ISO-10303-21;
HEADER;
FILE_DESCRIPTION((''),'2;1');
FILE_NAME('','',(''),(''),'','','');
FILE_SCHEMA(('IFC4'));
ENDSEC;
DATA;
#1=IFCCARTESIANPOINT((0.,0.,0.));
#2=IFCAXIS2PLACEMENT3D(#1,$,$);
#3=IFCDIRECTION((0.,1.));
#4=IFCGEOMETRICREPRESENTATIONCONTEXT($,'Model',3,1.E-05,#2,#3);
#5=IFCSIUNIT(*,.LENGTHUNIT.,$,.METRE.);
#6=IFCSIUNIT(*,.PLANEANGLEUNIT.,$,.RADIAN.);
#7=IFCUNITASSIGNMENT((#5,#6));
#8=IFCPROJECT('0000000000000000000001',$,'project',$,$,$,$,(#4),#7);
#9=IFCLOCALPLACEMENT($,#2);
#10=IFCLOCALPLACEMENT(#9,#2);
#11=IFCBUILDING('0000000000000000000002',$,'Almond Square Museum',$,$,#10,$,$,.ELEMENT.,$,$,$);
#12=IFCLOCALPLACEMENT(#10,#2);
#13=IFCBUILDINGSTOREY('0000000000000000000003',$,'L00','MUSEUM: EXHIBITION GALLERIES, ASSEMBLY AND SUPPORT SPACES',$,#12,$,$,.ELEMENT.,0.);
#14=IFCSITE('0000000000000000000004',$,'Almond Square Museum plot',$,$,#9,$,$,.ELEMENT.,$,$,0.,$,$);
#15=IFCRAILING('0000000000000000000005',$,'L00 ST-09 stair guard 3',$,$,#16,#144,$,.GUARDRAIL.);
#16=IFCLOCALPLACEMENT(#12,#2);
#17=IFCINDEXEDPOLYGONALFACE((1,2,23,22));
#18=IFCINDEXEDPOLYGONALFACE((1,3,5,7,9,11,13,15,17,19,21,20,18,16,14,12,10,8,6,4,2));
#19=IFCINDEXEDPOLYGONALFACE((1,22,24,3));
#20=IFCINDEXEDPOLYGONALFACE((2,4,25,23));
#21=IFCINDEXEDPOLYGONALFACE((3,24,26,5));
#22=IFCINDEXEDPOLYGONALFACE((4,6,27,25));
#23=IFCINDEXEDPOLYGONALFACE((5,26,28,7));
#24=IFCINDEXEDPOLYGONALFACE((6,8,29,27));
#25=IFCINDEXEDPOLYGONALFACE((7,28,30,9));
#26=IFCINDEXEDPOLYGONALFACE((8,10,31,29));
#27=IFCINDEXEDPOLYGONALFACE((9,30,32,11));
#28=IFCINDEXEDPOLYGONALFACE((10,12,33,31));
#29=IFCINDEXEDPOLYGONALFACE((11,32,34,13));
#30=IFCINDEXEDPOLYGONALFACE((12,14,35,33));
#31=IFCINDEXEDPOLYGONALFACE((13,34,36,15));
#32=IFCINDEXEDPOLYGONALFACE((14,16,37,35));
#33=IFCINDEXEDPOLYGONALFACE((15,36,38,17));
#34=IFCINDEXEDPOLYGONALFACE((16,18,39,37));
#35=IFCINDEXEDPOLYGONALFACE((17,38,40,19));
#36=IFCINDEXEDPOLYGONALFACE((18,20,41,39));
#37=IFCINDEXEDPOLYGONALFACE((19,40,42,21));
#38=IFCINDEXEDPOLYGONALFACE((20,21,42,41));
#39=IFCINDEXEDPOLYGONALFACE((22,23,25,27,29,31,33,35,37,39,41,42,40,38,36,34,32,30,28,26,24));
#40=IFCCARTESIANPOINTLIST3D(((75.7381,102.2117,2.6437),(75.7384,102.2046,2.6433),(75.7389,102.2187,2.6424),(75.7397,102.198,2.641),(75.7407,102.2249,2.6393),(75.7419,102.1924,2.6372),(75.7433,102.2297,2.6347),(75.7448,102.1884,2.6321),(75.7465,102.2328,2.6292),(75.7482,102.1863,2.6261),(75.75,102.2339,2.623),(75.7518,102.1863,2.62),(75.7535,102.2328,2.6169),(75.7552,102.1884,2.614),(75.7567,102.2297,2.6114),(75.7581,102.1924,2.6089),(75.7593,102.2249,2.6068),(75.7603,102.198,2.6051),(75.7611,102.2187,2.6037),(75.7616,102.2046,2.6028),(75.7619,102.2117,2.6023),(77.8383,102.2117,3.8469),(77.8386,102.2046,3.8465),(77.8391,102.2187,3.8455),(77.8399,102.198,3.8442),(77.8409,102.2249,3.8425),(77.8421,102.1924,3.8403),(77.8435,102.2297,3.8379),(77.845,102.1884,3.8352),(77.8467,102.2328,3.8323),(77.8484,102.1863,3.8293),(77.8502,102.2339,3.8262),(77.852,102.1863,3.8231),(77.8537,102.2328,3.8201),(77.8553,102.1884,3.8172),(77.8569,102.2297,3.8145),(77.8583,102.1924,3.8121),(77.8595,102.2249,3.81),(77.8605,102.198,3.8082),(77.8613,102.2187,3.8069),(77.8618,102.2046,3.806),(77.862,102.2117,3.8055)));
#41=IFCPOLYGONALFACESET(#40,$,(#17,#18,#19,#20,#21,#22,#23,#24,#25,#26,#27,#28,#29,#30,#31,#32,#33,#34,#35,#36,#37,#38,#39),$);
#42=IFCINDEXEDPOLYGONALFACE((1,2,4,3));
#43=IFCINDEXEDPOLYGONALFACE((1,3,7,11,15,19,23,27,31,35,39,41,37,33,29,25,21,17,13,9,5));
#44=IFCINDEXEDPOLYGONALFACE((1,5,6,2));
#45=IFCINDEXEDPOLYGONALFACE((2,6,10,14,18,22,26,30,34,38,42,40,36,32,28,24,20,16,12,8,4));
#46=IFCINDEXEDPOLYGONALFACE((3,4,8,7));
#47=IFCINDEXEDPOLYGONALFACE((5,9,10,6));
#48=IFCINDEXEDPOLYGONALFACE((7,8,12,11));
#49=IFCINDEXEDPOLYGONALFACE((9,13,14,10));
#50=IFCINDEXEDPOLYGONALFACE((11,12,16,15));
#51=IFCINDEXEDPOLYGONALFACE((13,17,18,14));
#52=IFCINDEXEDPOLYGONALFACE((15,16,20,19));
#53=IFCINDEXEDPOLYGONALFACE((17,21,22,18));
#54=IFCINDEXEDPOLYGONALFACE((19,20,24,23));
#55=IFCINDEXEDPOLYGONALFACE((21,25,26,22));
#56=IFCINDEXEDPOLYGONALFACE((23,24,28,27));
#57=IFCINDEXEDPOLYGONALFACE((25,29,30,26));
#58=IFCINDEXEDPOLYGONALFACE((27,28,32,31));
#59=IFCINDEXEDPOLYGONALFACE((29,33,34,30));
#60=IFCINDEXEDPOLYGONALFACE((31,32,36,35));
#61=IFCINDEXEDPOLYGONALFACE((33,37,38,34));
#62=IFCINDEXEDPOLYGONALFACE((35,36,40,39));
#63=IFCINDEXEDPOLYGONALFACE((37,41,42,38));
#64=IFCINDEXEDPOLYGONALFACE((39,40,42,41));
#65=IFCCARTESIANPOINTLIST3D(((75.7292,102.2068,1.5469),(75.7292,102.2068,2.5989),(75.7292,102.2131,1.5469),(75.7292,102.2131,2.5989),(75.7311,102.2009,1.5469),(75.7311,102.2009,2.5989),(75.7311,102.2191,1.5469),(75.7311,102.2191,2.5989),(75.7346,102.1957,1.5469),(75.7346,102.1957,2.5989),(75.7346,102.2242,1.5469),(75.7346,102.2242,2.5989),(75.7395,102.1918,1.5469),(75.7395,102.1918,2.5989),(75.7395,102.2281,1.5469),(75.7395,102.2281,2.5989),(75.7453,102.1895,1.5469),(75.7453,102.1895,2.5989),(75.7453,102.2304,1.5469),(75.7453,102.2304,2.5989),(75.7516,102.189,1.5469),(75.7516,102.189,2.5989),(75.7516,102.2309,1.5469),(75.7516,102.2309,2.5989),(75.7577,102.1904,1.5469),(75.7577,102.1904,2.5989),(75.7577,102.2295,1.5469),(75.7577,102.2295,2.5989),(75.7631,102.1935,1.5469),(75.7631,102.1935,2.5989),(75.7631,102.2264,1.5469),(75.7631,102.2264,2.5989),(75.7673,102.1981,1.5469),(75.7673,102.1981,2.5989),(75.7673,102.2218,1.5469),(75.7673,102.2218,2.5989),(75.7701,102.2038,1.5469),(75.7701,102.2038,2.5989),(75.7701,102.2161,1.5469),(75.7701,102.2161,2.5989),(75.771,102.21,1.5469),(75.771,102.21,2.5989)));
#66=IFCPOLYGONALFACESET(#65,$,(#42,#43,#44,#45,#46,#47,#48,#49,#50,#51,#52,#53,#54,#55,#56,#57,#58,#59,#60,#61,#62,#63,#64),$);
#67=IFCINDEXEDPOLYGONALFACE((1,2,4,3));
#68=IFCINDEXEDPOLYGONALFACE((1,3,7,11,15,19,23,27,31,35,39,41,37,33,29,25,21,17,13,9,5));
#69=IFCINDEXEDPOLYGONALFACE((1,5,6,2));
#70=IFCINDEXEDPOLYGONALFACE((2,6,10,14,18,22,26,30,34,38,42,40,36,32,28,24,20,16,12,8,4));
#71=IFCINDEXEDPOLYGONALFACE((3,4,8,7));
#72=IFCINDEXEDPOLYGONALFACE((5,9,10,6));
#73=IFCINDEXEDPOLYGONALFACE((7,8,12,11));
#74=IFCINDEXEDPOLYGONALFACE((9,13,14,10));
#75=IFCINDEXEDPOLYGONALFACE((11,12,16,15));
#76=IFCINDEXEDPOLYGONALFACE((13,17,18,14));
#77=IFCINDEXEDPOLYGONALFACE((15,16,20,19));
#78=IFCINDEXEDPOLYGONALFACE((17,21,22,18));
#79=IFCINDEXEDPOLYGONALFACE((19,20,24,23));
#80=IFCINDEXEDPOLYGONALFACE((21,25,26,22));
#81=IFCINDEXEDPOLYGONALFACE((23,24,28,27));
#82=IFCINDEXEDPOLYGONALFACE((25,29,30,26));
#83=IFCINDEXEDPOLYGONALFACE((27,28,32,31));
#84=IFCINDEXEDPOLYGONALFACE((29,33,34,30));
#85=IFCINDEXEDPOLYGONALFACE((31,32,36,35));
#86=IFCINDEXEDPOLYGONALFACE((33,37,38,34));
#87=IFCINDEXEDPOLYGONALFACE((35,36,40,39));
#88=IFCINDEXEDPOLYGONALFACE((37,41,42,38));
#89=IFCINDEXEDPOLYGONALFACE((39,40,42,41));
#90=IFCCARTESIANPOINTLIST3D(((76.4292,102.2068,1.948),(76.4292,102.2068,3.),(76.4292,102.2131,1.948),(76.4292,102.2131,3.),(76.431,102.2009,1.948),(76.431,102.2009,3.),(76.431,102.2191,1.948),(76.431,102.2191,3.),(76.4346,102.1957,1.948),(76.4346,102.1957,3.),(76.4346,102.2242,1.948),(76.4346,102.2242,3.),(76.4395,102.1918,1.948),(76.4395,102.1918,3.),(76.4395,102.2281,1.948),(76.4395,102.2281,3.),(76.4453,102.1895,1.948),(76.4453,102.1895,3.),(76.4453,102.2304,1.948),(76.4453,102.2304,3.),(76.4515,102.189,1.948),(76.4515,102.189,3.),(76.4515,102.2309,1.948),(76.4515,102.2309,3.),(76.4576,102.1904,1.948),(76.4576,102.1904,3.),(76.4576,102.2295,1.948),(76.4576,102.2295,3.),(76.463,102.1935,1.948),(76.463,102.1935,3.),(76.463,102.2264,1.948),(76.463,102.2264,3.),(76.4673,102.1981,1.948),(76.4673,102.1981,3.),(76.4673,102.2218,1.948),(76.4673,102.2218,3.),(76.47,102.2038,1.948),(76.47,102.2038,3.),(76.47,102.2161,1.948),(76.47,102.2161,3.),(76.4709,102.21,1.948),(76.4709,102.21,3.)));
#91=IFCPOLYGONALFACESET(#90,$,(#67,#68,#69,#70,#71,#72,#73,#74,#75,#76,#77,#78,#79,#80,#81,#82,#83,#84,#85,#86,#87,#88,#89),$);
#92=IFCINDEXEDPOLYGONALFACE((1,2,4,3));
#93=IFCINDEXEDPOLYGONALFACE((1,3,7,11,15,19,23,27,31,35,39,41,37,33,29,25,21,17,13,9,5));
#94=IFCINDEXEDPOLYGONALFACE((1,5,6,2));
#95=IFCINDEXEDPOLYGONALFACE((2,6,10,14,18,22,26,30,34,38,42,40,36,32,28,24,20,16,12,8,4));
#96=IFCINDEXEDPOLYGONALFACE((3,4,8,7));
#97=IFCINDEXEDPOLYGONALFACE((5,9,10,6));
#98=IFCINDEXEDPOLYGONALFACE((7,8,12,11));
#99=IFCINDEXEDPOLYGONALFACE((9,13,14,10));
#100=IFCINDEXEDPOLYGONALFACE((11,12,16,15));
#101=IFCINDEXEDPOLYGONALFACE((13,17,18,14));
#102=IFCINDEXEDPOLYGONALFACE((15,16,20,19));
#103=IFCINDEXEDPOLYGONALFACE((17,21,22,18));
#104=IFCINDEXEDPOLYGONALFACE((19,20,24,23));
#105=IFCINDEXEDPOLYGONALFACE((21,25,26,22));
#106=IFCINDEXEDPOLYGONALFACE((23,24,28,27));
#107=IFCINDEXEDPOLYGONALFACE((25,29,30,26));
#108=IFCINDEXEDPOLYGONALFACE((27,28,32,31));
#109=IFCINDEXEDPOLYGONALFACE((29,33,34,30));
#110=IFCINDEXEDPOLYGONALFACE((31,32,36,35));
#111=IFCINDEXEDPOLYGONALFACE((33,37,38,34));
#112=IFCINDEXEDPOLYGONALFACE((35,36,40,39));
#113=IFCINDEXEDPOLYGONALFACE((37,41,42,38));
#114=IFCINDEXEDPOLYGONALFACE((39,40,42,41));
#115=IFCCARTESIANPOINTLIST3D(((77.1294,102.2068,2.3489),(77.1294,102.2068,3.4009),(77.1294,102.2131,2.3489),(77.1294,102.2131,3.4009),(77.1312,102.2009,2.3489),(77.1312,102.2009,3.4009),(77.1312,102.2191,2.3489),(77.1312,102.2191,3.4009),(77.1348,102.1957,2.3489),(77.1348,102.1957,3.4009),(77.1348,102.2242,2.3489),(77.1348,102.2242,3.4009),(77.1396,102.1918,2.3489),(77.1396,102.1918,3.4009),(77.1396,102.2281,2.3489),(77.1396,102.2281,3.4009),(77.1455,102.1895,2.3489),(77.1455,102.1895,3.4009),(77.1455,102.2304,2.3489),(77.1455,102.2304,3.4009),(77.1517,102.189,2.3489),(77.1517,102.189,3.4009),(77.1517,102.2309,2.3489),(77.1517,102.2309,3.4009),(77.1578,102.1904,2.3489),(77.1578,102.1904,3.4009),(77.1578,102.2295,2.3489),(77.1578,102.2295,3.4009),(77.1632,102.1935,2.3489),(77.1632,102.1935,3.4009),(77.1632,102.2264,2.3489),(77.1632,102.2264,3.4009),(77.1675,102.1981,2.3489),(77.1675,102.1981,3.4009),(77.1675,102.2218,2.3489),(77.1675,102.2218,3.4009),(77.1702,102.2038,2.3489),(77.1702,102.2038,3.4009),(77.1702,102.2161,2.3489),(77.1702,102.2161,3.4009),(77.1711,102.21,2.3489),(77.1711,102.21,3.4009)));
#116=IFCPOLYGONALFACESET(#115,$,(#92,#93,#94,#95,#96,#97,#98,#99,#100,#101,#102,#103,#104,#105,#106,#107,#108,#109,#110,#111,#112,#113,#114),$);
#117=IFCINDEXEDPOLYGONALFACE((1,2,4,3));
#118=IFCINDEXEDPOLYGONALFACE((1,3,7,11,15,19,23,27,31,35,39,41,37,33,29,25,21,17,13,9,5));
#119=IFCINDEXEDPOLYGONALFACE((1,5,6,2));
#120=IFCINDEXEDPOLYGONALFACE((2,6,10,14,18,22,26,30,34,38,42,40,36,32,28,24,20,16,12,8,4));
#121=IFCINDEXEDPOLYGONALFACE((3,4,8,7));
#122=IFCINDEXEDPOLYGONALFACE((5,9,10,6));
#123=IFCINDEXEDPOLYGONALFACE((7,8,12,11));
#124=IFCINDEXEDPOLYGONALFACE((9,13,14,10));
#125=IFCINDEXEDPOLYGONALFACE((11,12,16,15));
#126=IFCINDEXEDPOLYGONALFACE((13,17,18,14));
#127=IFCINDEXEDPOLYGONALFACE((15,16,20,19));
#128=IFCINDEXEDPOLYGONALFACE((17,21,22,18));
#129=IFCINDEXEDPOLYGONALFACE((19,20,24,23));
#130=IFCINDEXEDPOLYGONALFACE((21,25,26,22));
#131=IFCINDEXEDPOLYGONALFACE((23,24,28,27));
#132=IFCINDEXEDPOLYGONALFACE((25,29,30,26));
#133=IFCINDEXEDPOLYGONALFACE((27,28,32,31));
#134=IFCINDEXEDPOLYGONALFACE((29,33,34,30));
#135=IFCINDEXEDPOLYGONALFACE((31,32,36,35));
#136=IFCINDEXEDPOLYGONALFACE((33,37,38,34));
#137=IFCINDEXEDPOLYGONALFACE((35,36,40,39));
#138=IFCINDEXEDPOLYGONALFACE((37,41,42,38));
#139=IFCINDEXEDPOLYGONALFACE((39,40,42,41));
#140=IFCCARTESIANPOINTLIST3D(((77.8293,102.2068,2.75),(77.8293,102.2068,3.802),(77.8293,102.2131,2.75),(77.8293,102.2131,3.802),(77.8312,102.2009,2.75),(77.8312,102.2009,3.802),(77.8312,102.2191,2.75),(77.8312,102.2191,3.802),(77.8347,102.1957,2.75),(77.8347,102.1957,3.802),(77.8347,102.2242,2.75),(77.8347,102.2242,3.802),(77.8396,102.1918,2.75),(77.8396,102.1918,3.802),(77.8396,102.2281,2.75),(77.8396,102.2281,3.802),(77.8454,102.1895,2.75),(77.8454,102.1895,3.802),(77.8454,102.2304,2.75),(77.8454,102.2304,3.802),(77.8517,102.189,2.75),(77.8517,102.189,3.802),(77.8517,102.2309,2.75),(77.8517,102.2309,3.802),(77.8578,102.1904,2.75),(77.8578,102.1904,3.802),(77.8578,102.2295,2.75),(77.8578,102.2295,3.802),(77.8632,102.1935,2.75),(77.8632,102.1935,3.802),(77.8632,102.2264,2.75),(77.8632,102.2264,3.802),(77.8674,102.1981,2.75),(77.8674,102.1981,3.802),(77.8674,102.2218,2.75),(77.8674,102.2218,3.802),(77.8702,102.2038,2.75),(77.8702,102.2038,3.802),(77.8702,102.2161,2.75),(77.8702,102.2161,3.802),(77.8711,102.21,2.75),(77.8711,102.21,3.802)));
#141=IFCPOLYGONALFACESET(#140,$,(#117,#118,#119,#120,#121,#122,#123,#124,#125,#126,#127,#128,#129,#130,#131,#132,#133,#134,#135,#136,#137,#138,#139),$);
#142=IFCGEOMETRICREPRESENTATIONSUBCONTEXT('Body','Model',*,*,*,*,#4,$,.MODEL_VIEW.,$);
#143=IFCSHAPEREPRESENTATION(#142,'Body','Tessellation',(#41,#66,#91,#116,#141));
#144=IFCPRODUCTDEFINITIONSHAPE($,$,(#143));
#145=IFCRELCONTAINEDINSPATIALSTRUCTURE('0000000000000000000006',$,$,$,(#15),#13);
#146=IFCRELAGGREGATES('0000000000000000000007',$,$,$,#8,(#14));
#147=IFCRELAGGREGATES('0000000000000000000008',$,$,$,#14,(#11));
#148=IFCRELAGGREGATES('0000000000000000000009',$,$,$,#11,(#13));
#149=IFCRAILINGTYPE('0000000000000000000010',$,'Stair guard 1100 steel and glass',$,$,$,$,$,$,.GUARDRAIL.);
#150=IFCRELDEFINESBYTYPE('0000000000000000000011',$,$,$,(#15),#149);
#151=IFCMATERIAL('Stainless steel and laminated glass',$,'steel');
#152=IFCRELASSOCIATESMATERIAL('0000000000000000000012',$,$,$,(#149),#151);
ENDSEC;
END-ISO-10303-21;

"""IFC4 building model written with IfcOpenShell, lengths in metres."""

from ifc_helpers import new_model, si_unit, direction, frame, origin, origin_2d, place, context, subcontext, project, spatial, circle, extrude, material, type_object, element, save


model = new_model("IFC4")

# Units and contexts
model_context = context("Model", 3, precision=1e-05, world=origin(), true_north=direction((0.0, 1.0)))
body_context = subcontext(model_context, "Body", "Model", "MODEL_VIEW")
ifc_project = project(units=[si_unit("LENGTHUNIT", "METRE"), si_unit("PLANEANGLEUNIT", "RADIAN")], contexts=[model_context])

# Site, building, storey
site_placement = place(None, origin())
site = spatial("IfcSite", under=ifc_project, at=site_placement, Name="Almond Square Museum plot", CompositionType="ELEMENT", RefElevation=0.0)
building_placement = place(site_placement, origin())
building = spatial("IfcBuilding", under=site, at=building_placement, Name="Almond Square Museum", CompositionType="ELEMENT")
storey_placement = place(building_placement, origin())
storey = spatial("IfcBuildingStorey", under=building, at=storey_placement, Name="L00", Description="MUSEUM: EXHIBITION GALLERIES, ASSEMBLY AND SUPPORT SPACES", CompositionType="ELEMENT", Elevation=0.0)

# Railing
ifc_material_1 = material(Name="Stainless steel and laminated glass", Category="steel")
railing_type_1 = type_object("IfcRailingType", Name="Stair guard 1100 steel and glass", PredefinedType="GUARDRAIL", material=ifc_material_1)
railing_1_placement = place(storey_placement, frame((75.75, 102.21, 1.5469)))
element("IfcRailing", 1, at=railing_1_placement, inside=storey, type_object=railing_type_1, Name="L00 ST-09 stair guard 3", PredefinedType="GUARDRAIL", context=body_context, shape_type="SweptSolid", body=[
    extrude(circle(Radius=0.0239, at=origin_2d()), frame((0.0, 0.0, 1.0762), z_axis=(0.867696, 0.0, 0.497095), x_axis=(0.0, 1.0, 0.0)), (0.0, 0.0, 1.0), 2.4204),
    extrude(circle(Radius=0.021, at=origin_2d()), origin(), (0.0, 0.0, 1.0), 1.052),
    extrude(circle(Radius=0.021, at=origin_2d()), frame((0.7, 0.0, 0.4011)), (0.0, 0.0, 1.0), 1.052),
    extrude(circle(Radius=0.021, at=origin_2d()), frame((1.4001, 0.0, 0.802)), (0.0, 0.0, 1.0), 1.052),
    extrude(circle(Radius=0.021, at=origin_2d()), frame((2.1001, 0.0, 1.2031)), (0.0, 0.0, 1.0), 1.052),
])

save(model, "model.ifc")
